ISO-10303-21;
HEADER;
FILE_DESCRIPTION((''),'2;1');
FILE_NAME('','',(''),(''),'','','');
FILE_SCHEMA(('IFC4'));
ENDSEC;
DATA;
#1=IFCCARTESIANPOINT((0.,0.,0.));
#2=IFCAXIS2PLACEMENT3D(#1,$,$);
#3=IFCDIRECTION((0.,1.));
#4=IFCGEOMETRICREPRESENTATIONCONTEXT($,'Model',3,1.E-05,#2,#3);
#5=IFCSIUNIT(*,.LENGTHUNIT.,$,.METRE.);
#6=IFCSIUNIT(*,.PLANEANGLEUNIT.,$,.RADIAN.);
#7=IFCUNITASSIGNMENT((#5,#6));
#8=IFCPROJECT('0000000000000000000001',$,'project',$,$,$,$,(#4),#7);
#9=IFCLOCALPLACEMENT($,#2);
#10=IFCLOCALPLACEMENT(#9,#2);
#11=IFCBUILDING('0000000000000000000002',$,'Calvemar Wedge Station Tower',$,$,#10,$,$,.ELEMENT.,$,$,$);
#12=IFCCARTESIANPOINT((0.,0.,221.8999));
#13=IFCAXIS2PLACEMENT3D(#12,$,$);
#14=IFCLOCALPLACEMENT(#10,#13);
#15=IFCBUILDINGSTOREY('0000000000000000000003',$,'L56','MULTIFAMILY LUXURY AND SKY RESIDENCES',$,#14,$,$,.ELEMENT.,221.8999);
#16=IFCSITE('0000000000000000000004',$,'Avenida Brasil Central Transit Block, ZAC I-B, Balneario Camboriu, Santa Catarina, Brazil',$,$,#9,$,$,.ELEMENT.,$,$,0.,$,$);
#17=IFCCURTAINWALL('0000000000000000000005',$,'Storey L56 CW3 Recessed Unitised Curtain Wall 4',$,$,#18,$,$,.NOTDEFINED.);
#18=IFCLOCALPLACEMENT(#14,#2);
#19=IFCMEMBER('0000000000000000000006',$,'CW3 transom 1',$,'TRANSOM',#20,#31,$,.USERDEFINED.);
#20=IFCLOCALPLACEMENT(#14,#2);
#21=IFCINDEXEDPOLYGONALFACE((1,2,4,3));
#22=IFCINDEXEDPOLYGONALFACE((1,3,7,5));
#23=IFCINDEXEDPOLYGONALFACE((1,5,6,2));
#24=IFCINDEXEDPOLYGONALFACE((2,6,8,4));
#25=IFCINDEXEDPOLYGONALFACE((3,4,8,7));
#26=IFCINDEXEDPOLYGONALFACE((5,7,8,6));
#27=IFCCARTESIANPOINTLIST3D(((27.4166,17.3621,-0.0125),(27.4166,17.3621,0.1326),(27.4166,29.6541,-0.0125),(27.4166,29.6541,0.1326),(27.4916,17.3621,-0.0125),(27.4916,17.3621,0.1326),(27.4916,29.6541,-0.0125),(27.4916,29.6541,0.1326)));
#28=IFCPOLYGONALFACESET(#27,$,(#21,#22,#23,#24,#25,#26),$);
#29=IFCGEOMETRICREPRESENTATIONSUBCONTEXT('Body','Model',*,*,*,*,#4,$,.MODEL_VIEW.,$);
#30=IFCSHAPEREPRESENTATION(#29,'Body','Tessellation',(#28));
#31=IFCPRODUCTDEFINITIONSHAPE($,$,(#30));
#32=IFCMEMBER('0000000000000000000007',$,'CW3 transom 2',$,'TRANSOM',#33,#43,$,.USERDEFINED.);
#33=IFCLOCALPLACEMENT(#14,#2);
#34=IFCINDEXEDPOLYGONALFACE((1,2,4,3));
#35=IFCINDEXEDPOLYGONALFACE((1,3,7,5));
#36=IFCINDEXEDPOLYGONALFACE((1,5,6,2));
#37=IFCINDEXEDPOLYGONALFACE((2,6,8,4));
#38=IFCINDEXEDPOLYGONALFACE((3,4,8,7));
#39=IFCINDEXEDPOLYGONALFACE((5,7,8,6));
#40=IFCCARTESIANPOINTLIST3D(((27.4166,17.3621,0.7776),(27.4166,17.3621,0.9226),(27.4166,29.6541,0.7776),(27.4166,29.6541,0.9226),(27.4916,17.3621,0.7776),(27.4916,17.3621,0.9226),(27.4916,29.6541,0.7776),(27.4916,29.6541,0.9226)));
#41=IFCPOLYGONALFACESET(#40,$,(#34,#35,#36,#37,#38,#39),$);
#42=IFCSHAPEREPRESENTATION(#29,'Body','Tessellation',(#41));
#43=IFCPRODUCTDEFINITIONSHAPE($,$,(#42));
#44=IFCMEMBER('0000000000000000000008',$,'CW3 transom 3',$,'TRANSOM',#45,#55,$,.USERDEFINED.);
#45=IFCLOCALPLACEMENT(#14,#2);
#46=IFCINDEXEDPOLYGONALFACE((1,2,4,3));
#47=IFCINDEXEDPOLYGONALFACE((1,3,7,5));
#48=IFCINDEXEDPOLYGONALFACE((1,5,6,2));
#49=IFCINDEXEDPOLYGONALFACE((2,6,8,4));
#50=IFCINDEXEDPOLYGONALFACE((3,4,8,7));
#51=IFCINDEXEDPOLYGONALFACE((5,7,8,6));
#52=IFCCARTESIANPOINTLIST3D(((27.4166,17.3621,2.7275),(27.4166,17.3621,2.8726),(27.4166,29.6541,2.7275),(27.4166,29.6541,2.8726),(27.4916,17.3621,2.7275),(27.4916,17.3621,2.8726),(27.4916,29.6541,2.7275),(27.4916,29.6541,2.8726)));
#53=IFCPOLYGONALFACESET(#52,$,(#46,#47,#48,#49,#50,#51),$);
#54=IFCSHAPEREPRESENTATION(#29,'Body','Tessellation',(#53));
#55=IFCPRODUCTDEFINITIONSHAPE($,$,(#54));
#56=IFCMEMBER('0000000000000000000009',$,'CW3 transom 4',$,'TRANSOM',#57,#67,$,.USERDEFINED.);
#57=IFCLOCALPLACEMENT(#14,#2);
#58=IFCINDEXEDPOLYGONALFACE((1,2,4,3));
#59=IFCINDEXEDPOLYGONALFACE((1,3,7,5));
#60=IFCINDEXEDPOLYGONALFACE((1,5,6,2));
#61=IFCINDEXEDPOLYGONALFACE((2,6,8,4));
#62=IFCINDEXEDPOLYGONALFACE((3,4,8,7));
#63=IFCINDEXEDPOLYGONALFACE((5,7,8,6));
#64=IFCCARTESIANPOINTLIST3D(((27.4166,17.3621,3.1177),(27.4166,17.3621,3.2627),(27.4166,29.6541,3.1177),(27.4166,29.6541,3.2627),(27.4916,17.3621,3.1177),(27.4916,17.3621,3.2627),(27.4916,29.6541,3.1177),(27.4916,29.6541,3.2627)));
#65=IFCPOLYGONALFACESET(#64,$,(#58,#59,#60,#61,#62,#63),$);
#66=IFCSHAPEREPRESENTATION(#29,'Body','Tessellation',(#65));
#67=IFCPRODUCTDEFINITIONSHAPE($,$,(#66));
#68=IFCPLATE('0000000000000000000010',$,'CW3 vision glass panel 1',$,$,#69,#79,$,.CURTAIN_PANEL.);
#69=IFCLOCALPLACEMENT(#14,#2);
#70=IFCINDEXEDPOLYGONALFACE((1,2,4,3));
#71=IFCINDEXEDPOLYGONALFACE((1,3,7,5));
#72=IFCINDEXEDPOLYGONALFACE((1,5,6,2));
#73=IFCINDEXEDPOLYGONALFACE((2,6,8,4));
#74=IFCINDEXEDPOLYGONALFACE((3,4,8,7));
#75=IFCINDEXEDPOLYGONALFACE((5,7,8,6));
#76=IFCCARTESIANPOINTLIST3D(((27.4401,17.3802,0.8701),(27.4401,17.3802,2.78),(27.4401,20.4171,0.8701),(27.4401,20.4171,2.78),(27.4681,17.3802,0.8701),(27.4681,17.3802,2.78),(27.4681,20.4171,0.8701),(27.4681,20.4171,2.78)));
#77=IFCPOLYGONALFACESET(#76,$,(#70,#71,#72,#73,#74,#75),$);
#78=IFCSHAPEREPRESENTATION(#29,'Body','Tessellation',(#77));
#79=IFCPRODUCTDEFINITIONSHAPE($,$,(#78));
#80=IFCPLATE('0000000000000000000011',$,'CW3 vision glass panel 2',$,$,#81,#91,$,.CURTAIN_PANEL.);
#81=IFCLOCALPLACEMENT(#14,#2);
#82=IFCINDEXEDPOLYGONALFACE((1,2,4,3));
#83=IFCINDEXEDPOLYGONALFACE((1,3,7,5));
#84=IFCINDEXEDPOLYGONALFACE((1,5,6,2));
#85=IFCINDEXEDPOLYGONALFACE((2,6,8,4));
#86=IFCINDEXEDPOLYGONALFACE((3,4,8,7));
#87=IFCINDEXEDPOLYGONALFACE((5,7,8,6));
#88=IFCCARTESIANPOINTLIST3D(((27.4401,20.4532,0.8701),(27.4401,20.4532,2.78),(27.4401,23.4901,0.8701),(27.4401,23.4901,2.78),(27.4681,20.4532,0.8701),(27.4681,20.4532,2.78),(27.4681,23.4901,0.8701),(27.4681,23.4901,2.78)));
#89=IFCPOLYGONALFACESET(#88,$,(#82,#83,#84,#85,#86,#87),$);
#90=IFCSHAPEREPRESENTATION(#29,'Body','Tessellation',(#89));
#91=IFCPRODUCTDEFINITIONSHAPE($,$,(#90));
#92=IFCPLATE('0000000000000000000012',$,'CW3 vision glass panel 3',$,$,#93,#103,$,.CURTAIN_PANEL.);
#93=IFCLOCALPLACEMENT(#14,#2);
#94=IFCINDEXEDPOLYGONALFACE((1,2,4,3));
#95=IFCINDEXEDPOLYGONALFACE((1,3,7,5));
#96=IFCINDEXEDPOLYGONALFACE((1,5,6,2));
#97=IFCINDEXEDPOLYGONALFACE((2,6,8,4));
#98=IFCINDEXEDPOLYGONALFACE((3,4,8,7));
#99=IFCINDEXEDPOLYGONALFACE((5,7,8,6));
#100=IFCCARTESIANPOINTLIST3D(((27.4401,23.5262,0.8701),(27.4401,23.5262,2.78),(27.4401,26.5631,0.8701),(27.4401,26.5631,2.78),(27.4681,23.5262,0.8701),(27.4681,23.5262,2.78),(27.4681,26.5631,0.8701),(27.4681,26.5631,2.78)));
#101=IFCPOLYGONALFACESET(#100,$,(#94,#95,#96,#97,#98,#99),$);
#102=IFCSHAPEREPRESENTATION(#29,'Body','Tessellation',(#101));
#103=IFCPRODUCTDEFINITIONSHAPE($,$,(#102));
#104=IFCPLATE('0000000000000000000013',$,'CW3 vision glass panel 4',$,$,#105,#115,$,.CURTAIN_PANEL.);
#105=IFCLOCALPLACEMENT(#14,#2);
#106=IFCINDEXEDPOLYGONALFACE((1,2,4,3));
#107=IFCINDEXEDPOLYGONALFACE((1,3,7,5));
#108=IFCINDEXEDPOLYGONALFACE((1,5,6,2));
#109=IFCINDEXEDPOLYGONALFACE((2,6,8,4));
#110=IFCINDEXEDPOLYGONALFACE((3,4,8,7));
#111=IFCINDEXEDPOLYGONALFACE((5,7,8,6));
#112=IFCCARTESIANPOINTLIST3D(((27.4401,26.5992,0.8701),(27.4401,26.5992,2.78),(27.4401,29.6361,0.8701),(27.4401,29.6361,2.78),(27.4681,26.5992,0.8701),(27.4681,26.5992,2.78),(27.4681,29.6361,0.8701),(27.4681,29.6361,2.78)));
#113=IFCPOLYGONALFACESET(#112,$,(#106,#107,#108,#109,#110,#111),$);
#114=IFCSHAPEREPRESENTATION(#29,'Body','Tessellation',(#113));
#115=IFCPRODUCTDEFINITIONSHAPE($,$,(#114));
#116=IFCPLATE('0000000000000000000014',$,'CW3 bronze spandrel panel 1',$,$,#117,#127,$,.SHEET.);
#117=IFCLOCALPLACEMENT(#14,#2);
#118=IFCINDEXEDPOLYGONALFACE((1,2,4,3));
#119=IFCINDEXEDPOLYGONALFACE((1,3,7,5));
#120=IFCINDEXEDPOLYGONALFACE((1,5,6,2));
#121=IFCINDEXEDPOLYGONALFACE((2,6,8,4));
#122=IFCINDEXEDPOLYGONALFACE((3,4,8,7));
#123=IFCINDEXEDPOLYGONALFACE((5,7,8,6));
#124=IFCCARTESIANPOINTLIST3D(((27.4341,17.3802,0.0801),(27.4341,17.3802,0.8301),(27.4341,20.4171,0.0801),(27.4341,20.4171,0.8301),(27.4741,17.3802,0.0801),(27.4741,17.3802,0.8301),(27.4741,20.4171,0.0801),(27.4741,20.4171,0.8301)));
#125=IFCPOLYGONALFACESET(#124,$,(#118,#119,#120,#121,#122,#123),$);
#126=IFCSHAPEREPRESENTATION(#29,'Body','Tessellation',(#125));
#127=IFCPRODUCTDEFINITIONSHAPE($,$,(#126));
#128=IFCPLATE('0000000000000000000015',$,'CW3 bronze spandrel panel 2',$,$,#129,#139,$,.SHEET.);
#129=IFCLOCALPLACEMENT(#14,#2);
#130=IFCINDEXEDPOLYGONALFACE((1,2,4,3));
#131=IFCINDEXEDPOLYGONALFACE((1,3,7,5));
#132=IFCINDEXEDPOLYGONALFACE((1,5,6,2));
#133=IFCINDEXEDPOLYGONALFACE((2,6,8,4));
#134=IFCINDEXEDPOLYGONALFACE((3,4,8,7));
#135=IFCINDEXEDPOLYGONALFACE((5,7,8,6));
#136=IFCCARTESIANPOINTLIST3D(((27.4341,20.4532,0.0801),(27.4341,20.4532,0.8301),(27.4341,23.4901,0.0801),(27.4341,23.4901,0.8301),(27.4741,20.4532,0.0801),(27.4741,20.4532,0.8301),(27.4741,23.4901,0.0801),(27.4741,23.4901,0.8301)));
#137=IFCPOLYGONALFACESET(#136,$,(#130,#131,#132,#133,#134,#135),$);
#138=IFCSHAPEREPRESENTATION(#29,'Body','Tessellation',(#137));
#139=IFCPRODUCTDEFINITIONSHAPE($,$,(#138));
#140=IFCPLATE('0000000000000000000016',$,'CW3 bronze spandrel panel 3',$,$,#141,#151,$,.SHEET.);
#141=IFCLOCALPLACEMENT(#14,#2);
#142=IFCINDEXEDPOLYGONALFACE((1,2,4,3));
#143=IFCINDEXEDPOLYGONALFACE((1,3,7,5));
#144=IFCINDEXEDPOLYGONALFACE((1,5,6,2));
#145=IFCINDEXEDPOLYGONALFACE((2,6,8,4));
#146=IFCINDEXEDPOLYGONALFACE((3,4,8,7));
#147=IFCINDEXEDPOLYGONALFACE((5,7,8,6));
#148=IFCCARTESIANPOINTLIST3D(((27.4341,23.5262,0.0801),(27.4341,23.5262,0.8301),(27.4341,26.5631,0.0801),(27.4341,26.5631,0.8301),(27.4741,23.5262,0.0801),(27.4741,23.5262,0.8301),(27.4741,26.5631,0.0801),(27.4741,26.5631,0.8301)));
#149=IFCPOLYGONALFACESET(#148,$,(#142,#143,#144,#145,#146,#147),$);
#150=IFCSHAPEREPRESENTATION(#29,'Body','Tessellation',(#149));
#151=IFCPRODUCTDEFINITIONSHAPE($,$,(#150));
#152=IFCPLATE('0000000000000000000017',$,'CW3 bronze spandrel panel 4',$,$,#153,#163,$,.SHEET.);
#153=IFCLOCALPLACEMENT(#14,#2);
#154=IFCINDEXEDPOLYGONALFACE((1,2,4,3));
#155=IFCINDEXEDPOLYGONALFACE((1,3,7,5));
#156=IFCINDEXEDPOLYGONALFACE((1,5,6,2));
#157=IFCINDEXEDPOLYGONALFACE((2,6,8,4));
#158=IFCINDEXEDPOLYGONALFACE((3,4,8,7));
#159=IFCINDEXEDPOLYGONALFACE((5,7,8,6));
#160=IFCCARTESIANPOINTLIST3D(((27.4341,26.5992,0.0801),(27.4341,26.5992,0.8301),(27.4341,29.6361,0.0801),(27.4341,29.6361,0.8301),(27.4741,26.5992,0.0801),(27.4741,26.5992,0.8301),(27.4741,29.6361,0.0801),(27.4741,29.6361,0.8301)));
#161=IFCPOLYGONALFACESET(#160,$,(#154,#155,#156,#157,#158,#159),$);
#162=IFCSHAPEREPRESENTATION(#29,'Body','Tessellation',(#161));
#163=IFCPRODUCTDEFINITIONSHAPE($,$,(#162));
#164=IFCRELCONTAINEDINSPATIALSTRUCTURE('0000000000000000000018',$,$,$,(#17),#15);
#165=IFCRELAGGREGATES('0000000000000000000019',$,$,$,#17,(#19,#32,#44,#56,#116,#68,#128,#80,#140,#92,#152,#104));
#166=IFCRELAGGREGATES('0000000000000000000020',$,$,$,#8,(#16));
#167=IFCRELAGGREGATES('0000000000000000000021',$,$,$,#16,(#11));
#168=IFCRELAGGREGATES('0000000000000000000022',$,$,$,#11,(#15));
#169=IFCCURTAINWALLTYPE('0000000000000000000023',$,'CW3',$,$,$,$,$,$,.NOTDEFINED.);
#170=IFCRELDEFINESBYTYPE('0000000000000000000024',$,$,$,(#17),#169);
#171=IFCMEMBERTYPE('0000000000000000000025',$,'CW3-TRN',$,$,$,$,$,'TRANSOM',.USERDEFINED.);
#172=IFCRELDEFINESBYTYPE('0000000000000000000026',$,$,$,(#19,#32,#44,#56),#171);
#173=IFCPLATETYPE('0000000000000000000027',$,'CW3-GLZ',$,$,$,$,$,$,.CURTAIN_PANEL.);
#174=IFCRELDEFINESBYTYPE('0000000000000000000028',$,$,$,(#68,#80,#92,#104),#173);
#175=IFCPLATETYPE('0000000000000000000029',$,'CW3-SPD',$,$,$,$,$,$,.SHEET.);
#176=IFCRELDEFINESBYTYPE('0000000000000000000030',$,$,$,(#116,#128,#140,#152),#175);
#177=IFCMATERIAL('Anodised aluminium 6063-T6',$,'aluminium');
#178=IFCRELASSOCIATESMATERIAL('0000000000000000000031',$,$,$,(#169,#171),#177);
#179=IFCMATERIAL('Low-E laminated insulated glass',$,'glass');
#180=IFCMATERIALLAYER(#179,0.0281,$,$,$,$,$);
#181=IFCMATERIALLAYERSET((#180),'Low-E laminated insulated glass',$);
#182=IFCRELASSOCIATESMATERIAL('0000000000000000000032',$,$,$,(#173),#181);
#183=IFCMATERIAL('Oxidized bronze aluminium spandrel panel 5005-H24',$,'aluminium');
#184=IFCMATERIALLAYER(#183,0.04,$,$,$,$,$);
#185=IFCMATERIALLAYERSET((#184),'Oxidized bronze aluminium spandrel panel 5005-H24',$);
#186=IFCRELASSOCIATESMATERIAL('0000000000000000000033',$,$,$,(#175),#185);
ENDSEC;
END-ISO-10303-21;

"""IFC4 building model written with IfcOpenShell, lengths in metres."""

from ifc_helpers import new_model, si_unit, direction, frame, frame_2d, origin, origin_2d, place, context, subcontext, project, spatial, rectangle, extrude, source, transform, mapped, material, layer, layer_set, material_profile, profile_set, type_object, element, aggregate, save


model = new_model("IFC4")

# Units and contexts
model_context = context("Model", 3, precision=1e-05, world=origin(), true_north=direction((0.0, 1.0)))
body_context = subcontext(model_context, "Body", "Model", "MODEL_VIEW")
ifc_project = project(units=[si_unit("LENGTHUNIT", "METRE"), si_unit("PLANEANGLEUNIT", "RADIAN")], contexts=[model_context])

# Site, building, storey
site_placement = place(None, origin())
site = spatial("IfcSite", under=ifc_project, at=site_placement, Name="Avenida Brasil Central Transit Block, ZAC I-B, Balneario Camboriu, Santa Catarina, Brazil", CompositionType="ELEMENT", RefElevation=0.0)
building_placement = place(site_placement, origin())
building = spatial("IfcBuilding", under=site, at=building_placement, Name="Calvemar Wedge Station Tower", CompositionType="ELEMENT")
storey_placement = place(building_placement, frame((0.0, 0.0, 221.8999)))
storey = spatial("IfcBuildingStorey", under=building, at=storey_placement, Name="L56", Description="MULTIFAMILY LUXURY AND SKY RESIDENCES", CompositionType="ELEMENT", Elevation=221.8999)

# Curtain wall, members, plates
ifc_material_1 = material(Name="Anodised aluminium 6063-T6", Category="aluminium")
curtain_wall_type = type_object("IfcCurtainWallType", Name="CW3", PredefinedType="NOTDEFINED", material=ifc_material_1)
curtain_wall_placement = place(storey_placement, origin())
curtain_wall = element("IfcCurtainWall", 1, at=curtain_wall_placement, inside=storey, type_object=curtain_wall_type, Name="Storey L56 CW3 Recessed Unitised Curtain Wall 4", PredefinedType="NOTDEFINED")
ifc_material_profile_1 = material_profile(ifc_material_1, rectangle(XDim=0.075, YDim=0.145, at=origin_2d()), Name="AL-TRN-75x145")
ifc_profile_set_1 = profile_set([ifc_material_profile_1], Name="Anodised aluminium 6063-T6")
member_type_1 = type_object("IfcMemberType", Name="CW3-TRN", ElementType="TRANSOM", PredefinedType="USERDEFINED", material=ifc_profile_set_1)
shared_shape_1 = source(origin(), body_context, "Body", "SweptSolid", [
    extrude(rectangle(XDim=0.075, YDim=0.145, at=origin_2d()), origin(), (0.0, 0.0, 1.0), 12.292),
])
member_1_placement = place(storey_placement, frame((27.4541, 17.3621, 0.0601), z_axis=(0.0, 1.0, 0.0), x_axis=(-1.0, 0.0, 0.0)))
member_1 = element("IfcMember", 2, at=member_1_placement, type_object=member_type_1, Name="CW3 transom 1", ObjectType="TRANSOM", PredefinedType="USERDEFINED", context=body_context, shape_type="MappedRepresentation", body=[
    mapped(shared_shape_1, transform((0.0, 0.0, 0.0), scale=1.0)),
])
member_2_placement = place(storey_placement, frame((27.4541, 17.3621, 0.8501), z_axis=(0.0, 1.0, 0.0), x_axis=(-1.0, 0.0, 0.0)))
member_2 = element("IfcMember", 3, at=member_2_placement, type_object=member_type_1, Name="CW3 transom 2", ObjectType="TRANSOM", PredefinedType="USERDEFINED", context=body_context, shape_type="MappedRepresentation", body=[
    mapped(shared_shape_1, transform((0.0, 0.0, 0.0), scale=1.0)),
])
member_3_placement = place(storey_placement, frame((27.4541, 17.3621, 2.8), z_axis=(0.0, 1.0, 0.0), x_axis=(-1.0, 0.0, 0.0)))
member_3 = element("IfcMember", 4, at=member_3_placement, type_object=member_type_1, Name="CW3 transom 3", ObjectType="TRANSOM", PredefinedType="USERDEFINED", context=body_context, shape_type="MappedRepresentation", body=[
    mapped(shared_shape_1, transform((0.0, 0.0, 0.0), scale=1.0)),
])
member_4_placement = place(storey_placement, frame((27.4541, 17.3621, 3.1902), z_axis=(0.0, 1.0, 0.0), x_axis=(-1.0, 0.0, 0.0)))
member_4 = element("IfcMember", 5, at=member_4_placement, type_object=member_type_1, Name="CW3 transom 4", ObjectType="TRANSOM", PredefinedType="USERDEFINED", context=body_context, shape_type="MappedRepresentation", body=[
    mapped(shared_shape_1, transform((0.0, 0.0, 0.0), scale=1.0)),
])
ifc_material_2 = material(Name="Low-E laminated insulated glass", Category="glass")
ifc_layer_1 = layer(ifc_material_2, 0.0281)
ifc_layer_set_1 = layer_set([ifc_layer_1], Name="Low-E laminated insulated glass")
plate_type_1 = type_object("IfcPlateType", Name="CW3-GLZ", PredefinedType="CURTAIN_PANEL", material=ifc_layer_set_1)
plate_1_placement = place(storey_placement, frame((27.4541, 17.3801, 0.8701), z_axis=(0.0, 0.0, 1.0), x_axis=(0.0, 1.0, 0.0)))
plate_1 = element("IfcPlate", 6, at=plate_1_placement, type_object=plate_type_1, Name="CW3 vision glass panel 1", PredefinedType="CURTAIN_PANEL", context=body_context, shape_type="SweptSolid", body=[
    extrude(rectangle(XDim=3.0369, YDim=0.0281, at=frame_2d((1.5186, 0.0))), origin(), (0.0, 0.0, 1.0), 1.9099),
])
plate_2_placement = place(storey_placement, frame((27.4541, 20.4531, 0.8701), z_axis=(0.0, 0.0, 1.0), x_axis=(0.0, 1.0, 0.0)))
plate_2 = element("IfcPlate", 7, at=plate_2_placement, type_object=plate_type_1, Name="CW3 vision glass panel 2", PredefinedType="CURTAIN_PANEL", context=body_context, shape_type="SweptSolid", body=[
    extrude(rectangle(XDim=3.0369, YDim=0.0281, at=frame_2d((1.5186, 0.0))), origin(), (0.0, 0.0, 1.0), 1.9099),
])
plate_3_placement = place(storey_placement, frame((27.4541, 23.5261, 0.8701), z_axis=(0.0, 0.0, 1.0), x_axis=(0.0, 1.0, 0.0)))
plate_3 = element("IfcPlate", 8, at=plate_3_placement, type_object=plate_type_1, Name="CW3 vision glass panel 3", PredefinedType="CURTAIN_PANEL", context=body_context, shape_type="SweptSolid", body=[
    extrude(rectangle(XDim=3.0369, YDim=0.0281, at=frame_2d((1.5186, 0.0))), origin(), (0.0, 0.0, 1.0), 1.9099),
])
plate_4_placement = place(storey_placement, frame((27.4541, 26.5991, 0.8701), z_axis=(0.0, 0.0, 1.0), x_axis=(0.0, 1.0, 0.0)))
plate_4 = element("IfcPlate", 9, at=plate_4_placement, type_object=plate_type_1, Name="CW3 vision glass panel 4", PredefinedType="CURTAIN_PANEL", context=body_context, shape_type="SweptSolid", body=[
    extrude(rectangle(XDim=3.0369, YDim=0.0281, at=frame_2d((1.5186, 0.0))), origin(), (0.0, 0.0, 1.0), 1.9099),
])
ifc_material_3 = material(Name="Oxidized bronze aluminium spandrel panel 5005-H24", Category="aluminium")
ifc_layer_2 = layer(ifc_material_3, 0.04)
ifc_layer_set_2 = layer_set([ifc_layer_2], Name="Oxidized bronze aluminium spandrel panel 5005-H24")
plate_type_2 = type_object("IfcPlateType", Name="CW3-SPD", PredefinedType="SHEET", material=ifc_layer_set_2)
plate_5_placement = place(storey_placement, frame((27.4541, 17.3801, 0.0801), z_axis=(0.0, 0.0, 1.0), x_axis=(0.0, 1.0, 0.0)))
plate_5 = element("IfcPlate", 10, at=plate_5_placement, type_object=plate_type_2, Name="CW3 bronze spandrel panel 1", PredefinedType="SHEET", context=body_context, shape_type="SweptSolid", body=[
    extrude(rectangle(XDim=3.0369, YDim=0.04, at=frame_2d((1.5186, 0.0))), origin(), (0.0, 0.0, 1.0), 0.75),
])
plate_6_placement = place(storey_placement, frame((27.4541, 20.4531, 0.0801), z_axis=(0.0, 0.0, 1.0), x_axis=(0.0, 1.0, 0.0)))
plate_6 = element("IfcPlate", 11, at=plate_6_placement, type_object=plate_type_2, Name="CW3 bronze spandrel panel 2", PredefinedType="SHEET", context=body_context, shape_type="SweptSolid", body=[
    extrude(rectangle(XDim=3.0369, YDim=0.04, at=frame_2d((1.5186, 0.0))), origin(), (0.0, 0.0, 1.0), 0.75),
])
plate_7_placement = place(storey_placement, frame((27.4541, 23.5261, 0.0801), z_axis=(0.0, 0.0, 1.0), x_axis=(0.0, 1.0, 0.0)))
plate_7 = element("IfcPlate", 12, at=plate_7_placement, type_object=plate_type_2, Name="CW3 bronze spandrel panel 3", PredefinedType="SHEET", context=body_context, shape_type="SweptSolid", body=[
    extrude(rectangle(XDim=3.0369, YDim=0.04, at=frame_2d((1.5186, 0.0))), origin(), (0.0, 0.0, 1.0), 0.75),
])
plate_8_placement = place(storey_placement, frame((27.4541, 26.5991, 0.0801), z_axis=(0.0, 0.0, 1.0), x_axis=(0.0, 1.0, 0.0)))
plate_8 = element("IfcPlate", 13, at=plate_8_placement, type_object=plate_type_2, Name="CW3 bronze spandrel panel 4", PredefinedType="SHEET", context=body_context, shape_type="SweptSolid", body=[
    extrude(rectangle(XDim=3.0369, YDim=0.04, at=frame_2d((1.5186, 0.0))), origin(), (0.0, 0.0, 1.0), 0.75),
])
aggregate(curtain_wall, [member_1, member_2, member_3, member_4, plate_5, plate_1, plate_6, plate_2, plate_7, plate_3, plate_8, plate_4])

save(model, "model.ifc")
